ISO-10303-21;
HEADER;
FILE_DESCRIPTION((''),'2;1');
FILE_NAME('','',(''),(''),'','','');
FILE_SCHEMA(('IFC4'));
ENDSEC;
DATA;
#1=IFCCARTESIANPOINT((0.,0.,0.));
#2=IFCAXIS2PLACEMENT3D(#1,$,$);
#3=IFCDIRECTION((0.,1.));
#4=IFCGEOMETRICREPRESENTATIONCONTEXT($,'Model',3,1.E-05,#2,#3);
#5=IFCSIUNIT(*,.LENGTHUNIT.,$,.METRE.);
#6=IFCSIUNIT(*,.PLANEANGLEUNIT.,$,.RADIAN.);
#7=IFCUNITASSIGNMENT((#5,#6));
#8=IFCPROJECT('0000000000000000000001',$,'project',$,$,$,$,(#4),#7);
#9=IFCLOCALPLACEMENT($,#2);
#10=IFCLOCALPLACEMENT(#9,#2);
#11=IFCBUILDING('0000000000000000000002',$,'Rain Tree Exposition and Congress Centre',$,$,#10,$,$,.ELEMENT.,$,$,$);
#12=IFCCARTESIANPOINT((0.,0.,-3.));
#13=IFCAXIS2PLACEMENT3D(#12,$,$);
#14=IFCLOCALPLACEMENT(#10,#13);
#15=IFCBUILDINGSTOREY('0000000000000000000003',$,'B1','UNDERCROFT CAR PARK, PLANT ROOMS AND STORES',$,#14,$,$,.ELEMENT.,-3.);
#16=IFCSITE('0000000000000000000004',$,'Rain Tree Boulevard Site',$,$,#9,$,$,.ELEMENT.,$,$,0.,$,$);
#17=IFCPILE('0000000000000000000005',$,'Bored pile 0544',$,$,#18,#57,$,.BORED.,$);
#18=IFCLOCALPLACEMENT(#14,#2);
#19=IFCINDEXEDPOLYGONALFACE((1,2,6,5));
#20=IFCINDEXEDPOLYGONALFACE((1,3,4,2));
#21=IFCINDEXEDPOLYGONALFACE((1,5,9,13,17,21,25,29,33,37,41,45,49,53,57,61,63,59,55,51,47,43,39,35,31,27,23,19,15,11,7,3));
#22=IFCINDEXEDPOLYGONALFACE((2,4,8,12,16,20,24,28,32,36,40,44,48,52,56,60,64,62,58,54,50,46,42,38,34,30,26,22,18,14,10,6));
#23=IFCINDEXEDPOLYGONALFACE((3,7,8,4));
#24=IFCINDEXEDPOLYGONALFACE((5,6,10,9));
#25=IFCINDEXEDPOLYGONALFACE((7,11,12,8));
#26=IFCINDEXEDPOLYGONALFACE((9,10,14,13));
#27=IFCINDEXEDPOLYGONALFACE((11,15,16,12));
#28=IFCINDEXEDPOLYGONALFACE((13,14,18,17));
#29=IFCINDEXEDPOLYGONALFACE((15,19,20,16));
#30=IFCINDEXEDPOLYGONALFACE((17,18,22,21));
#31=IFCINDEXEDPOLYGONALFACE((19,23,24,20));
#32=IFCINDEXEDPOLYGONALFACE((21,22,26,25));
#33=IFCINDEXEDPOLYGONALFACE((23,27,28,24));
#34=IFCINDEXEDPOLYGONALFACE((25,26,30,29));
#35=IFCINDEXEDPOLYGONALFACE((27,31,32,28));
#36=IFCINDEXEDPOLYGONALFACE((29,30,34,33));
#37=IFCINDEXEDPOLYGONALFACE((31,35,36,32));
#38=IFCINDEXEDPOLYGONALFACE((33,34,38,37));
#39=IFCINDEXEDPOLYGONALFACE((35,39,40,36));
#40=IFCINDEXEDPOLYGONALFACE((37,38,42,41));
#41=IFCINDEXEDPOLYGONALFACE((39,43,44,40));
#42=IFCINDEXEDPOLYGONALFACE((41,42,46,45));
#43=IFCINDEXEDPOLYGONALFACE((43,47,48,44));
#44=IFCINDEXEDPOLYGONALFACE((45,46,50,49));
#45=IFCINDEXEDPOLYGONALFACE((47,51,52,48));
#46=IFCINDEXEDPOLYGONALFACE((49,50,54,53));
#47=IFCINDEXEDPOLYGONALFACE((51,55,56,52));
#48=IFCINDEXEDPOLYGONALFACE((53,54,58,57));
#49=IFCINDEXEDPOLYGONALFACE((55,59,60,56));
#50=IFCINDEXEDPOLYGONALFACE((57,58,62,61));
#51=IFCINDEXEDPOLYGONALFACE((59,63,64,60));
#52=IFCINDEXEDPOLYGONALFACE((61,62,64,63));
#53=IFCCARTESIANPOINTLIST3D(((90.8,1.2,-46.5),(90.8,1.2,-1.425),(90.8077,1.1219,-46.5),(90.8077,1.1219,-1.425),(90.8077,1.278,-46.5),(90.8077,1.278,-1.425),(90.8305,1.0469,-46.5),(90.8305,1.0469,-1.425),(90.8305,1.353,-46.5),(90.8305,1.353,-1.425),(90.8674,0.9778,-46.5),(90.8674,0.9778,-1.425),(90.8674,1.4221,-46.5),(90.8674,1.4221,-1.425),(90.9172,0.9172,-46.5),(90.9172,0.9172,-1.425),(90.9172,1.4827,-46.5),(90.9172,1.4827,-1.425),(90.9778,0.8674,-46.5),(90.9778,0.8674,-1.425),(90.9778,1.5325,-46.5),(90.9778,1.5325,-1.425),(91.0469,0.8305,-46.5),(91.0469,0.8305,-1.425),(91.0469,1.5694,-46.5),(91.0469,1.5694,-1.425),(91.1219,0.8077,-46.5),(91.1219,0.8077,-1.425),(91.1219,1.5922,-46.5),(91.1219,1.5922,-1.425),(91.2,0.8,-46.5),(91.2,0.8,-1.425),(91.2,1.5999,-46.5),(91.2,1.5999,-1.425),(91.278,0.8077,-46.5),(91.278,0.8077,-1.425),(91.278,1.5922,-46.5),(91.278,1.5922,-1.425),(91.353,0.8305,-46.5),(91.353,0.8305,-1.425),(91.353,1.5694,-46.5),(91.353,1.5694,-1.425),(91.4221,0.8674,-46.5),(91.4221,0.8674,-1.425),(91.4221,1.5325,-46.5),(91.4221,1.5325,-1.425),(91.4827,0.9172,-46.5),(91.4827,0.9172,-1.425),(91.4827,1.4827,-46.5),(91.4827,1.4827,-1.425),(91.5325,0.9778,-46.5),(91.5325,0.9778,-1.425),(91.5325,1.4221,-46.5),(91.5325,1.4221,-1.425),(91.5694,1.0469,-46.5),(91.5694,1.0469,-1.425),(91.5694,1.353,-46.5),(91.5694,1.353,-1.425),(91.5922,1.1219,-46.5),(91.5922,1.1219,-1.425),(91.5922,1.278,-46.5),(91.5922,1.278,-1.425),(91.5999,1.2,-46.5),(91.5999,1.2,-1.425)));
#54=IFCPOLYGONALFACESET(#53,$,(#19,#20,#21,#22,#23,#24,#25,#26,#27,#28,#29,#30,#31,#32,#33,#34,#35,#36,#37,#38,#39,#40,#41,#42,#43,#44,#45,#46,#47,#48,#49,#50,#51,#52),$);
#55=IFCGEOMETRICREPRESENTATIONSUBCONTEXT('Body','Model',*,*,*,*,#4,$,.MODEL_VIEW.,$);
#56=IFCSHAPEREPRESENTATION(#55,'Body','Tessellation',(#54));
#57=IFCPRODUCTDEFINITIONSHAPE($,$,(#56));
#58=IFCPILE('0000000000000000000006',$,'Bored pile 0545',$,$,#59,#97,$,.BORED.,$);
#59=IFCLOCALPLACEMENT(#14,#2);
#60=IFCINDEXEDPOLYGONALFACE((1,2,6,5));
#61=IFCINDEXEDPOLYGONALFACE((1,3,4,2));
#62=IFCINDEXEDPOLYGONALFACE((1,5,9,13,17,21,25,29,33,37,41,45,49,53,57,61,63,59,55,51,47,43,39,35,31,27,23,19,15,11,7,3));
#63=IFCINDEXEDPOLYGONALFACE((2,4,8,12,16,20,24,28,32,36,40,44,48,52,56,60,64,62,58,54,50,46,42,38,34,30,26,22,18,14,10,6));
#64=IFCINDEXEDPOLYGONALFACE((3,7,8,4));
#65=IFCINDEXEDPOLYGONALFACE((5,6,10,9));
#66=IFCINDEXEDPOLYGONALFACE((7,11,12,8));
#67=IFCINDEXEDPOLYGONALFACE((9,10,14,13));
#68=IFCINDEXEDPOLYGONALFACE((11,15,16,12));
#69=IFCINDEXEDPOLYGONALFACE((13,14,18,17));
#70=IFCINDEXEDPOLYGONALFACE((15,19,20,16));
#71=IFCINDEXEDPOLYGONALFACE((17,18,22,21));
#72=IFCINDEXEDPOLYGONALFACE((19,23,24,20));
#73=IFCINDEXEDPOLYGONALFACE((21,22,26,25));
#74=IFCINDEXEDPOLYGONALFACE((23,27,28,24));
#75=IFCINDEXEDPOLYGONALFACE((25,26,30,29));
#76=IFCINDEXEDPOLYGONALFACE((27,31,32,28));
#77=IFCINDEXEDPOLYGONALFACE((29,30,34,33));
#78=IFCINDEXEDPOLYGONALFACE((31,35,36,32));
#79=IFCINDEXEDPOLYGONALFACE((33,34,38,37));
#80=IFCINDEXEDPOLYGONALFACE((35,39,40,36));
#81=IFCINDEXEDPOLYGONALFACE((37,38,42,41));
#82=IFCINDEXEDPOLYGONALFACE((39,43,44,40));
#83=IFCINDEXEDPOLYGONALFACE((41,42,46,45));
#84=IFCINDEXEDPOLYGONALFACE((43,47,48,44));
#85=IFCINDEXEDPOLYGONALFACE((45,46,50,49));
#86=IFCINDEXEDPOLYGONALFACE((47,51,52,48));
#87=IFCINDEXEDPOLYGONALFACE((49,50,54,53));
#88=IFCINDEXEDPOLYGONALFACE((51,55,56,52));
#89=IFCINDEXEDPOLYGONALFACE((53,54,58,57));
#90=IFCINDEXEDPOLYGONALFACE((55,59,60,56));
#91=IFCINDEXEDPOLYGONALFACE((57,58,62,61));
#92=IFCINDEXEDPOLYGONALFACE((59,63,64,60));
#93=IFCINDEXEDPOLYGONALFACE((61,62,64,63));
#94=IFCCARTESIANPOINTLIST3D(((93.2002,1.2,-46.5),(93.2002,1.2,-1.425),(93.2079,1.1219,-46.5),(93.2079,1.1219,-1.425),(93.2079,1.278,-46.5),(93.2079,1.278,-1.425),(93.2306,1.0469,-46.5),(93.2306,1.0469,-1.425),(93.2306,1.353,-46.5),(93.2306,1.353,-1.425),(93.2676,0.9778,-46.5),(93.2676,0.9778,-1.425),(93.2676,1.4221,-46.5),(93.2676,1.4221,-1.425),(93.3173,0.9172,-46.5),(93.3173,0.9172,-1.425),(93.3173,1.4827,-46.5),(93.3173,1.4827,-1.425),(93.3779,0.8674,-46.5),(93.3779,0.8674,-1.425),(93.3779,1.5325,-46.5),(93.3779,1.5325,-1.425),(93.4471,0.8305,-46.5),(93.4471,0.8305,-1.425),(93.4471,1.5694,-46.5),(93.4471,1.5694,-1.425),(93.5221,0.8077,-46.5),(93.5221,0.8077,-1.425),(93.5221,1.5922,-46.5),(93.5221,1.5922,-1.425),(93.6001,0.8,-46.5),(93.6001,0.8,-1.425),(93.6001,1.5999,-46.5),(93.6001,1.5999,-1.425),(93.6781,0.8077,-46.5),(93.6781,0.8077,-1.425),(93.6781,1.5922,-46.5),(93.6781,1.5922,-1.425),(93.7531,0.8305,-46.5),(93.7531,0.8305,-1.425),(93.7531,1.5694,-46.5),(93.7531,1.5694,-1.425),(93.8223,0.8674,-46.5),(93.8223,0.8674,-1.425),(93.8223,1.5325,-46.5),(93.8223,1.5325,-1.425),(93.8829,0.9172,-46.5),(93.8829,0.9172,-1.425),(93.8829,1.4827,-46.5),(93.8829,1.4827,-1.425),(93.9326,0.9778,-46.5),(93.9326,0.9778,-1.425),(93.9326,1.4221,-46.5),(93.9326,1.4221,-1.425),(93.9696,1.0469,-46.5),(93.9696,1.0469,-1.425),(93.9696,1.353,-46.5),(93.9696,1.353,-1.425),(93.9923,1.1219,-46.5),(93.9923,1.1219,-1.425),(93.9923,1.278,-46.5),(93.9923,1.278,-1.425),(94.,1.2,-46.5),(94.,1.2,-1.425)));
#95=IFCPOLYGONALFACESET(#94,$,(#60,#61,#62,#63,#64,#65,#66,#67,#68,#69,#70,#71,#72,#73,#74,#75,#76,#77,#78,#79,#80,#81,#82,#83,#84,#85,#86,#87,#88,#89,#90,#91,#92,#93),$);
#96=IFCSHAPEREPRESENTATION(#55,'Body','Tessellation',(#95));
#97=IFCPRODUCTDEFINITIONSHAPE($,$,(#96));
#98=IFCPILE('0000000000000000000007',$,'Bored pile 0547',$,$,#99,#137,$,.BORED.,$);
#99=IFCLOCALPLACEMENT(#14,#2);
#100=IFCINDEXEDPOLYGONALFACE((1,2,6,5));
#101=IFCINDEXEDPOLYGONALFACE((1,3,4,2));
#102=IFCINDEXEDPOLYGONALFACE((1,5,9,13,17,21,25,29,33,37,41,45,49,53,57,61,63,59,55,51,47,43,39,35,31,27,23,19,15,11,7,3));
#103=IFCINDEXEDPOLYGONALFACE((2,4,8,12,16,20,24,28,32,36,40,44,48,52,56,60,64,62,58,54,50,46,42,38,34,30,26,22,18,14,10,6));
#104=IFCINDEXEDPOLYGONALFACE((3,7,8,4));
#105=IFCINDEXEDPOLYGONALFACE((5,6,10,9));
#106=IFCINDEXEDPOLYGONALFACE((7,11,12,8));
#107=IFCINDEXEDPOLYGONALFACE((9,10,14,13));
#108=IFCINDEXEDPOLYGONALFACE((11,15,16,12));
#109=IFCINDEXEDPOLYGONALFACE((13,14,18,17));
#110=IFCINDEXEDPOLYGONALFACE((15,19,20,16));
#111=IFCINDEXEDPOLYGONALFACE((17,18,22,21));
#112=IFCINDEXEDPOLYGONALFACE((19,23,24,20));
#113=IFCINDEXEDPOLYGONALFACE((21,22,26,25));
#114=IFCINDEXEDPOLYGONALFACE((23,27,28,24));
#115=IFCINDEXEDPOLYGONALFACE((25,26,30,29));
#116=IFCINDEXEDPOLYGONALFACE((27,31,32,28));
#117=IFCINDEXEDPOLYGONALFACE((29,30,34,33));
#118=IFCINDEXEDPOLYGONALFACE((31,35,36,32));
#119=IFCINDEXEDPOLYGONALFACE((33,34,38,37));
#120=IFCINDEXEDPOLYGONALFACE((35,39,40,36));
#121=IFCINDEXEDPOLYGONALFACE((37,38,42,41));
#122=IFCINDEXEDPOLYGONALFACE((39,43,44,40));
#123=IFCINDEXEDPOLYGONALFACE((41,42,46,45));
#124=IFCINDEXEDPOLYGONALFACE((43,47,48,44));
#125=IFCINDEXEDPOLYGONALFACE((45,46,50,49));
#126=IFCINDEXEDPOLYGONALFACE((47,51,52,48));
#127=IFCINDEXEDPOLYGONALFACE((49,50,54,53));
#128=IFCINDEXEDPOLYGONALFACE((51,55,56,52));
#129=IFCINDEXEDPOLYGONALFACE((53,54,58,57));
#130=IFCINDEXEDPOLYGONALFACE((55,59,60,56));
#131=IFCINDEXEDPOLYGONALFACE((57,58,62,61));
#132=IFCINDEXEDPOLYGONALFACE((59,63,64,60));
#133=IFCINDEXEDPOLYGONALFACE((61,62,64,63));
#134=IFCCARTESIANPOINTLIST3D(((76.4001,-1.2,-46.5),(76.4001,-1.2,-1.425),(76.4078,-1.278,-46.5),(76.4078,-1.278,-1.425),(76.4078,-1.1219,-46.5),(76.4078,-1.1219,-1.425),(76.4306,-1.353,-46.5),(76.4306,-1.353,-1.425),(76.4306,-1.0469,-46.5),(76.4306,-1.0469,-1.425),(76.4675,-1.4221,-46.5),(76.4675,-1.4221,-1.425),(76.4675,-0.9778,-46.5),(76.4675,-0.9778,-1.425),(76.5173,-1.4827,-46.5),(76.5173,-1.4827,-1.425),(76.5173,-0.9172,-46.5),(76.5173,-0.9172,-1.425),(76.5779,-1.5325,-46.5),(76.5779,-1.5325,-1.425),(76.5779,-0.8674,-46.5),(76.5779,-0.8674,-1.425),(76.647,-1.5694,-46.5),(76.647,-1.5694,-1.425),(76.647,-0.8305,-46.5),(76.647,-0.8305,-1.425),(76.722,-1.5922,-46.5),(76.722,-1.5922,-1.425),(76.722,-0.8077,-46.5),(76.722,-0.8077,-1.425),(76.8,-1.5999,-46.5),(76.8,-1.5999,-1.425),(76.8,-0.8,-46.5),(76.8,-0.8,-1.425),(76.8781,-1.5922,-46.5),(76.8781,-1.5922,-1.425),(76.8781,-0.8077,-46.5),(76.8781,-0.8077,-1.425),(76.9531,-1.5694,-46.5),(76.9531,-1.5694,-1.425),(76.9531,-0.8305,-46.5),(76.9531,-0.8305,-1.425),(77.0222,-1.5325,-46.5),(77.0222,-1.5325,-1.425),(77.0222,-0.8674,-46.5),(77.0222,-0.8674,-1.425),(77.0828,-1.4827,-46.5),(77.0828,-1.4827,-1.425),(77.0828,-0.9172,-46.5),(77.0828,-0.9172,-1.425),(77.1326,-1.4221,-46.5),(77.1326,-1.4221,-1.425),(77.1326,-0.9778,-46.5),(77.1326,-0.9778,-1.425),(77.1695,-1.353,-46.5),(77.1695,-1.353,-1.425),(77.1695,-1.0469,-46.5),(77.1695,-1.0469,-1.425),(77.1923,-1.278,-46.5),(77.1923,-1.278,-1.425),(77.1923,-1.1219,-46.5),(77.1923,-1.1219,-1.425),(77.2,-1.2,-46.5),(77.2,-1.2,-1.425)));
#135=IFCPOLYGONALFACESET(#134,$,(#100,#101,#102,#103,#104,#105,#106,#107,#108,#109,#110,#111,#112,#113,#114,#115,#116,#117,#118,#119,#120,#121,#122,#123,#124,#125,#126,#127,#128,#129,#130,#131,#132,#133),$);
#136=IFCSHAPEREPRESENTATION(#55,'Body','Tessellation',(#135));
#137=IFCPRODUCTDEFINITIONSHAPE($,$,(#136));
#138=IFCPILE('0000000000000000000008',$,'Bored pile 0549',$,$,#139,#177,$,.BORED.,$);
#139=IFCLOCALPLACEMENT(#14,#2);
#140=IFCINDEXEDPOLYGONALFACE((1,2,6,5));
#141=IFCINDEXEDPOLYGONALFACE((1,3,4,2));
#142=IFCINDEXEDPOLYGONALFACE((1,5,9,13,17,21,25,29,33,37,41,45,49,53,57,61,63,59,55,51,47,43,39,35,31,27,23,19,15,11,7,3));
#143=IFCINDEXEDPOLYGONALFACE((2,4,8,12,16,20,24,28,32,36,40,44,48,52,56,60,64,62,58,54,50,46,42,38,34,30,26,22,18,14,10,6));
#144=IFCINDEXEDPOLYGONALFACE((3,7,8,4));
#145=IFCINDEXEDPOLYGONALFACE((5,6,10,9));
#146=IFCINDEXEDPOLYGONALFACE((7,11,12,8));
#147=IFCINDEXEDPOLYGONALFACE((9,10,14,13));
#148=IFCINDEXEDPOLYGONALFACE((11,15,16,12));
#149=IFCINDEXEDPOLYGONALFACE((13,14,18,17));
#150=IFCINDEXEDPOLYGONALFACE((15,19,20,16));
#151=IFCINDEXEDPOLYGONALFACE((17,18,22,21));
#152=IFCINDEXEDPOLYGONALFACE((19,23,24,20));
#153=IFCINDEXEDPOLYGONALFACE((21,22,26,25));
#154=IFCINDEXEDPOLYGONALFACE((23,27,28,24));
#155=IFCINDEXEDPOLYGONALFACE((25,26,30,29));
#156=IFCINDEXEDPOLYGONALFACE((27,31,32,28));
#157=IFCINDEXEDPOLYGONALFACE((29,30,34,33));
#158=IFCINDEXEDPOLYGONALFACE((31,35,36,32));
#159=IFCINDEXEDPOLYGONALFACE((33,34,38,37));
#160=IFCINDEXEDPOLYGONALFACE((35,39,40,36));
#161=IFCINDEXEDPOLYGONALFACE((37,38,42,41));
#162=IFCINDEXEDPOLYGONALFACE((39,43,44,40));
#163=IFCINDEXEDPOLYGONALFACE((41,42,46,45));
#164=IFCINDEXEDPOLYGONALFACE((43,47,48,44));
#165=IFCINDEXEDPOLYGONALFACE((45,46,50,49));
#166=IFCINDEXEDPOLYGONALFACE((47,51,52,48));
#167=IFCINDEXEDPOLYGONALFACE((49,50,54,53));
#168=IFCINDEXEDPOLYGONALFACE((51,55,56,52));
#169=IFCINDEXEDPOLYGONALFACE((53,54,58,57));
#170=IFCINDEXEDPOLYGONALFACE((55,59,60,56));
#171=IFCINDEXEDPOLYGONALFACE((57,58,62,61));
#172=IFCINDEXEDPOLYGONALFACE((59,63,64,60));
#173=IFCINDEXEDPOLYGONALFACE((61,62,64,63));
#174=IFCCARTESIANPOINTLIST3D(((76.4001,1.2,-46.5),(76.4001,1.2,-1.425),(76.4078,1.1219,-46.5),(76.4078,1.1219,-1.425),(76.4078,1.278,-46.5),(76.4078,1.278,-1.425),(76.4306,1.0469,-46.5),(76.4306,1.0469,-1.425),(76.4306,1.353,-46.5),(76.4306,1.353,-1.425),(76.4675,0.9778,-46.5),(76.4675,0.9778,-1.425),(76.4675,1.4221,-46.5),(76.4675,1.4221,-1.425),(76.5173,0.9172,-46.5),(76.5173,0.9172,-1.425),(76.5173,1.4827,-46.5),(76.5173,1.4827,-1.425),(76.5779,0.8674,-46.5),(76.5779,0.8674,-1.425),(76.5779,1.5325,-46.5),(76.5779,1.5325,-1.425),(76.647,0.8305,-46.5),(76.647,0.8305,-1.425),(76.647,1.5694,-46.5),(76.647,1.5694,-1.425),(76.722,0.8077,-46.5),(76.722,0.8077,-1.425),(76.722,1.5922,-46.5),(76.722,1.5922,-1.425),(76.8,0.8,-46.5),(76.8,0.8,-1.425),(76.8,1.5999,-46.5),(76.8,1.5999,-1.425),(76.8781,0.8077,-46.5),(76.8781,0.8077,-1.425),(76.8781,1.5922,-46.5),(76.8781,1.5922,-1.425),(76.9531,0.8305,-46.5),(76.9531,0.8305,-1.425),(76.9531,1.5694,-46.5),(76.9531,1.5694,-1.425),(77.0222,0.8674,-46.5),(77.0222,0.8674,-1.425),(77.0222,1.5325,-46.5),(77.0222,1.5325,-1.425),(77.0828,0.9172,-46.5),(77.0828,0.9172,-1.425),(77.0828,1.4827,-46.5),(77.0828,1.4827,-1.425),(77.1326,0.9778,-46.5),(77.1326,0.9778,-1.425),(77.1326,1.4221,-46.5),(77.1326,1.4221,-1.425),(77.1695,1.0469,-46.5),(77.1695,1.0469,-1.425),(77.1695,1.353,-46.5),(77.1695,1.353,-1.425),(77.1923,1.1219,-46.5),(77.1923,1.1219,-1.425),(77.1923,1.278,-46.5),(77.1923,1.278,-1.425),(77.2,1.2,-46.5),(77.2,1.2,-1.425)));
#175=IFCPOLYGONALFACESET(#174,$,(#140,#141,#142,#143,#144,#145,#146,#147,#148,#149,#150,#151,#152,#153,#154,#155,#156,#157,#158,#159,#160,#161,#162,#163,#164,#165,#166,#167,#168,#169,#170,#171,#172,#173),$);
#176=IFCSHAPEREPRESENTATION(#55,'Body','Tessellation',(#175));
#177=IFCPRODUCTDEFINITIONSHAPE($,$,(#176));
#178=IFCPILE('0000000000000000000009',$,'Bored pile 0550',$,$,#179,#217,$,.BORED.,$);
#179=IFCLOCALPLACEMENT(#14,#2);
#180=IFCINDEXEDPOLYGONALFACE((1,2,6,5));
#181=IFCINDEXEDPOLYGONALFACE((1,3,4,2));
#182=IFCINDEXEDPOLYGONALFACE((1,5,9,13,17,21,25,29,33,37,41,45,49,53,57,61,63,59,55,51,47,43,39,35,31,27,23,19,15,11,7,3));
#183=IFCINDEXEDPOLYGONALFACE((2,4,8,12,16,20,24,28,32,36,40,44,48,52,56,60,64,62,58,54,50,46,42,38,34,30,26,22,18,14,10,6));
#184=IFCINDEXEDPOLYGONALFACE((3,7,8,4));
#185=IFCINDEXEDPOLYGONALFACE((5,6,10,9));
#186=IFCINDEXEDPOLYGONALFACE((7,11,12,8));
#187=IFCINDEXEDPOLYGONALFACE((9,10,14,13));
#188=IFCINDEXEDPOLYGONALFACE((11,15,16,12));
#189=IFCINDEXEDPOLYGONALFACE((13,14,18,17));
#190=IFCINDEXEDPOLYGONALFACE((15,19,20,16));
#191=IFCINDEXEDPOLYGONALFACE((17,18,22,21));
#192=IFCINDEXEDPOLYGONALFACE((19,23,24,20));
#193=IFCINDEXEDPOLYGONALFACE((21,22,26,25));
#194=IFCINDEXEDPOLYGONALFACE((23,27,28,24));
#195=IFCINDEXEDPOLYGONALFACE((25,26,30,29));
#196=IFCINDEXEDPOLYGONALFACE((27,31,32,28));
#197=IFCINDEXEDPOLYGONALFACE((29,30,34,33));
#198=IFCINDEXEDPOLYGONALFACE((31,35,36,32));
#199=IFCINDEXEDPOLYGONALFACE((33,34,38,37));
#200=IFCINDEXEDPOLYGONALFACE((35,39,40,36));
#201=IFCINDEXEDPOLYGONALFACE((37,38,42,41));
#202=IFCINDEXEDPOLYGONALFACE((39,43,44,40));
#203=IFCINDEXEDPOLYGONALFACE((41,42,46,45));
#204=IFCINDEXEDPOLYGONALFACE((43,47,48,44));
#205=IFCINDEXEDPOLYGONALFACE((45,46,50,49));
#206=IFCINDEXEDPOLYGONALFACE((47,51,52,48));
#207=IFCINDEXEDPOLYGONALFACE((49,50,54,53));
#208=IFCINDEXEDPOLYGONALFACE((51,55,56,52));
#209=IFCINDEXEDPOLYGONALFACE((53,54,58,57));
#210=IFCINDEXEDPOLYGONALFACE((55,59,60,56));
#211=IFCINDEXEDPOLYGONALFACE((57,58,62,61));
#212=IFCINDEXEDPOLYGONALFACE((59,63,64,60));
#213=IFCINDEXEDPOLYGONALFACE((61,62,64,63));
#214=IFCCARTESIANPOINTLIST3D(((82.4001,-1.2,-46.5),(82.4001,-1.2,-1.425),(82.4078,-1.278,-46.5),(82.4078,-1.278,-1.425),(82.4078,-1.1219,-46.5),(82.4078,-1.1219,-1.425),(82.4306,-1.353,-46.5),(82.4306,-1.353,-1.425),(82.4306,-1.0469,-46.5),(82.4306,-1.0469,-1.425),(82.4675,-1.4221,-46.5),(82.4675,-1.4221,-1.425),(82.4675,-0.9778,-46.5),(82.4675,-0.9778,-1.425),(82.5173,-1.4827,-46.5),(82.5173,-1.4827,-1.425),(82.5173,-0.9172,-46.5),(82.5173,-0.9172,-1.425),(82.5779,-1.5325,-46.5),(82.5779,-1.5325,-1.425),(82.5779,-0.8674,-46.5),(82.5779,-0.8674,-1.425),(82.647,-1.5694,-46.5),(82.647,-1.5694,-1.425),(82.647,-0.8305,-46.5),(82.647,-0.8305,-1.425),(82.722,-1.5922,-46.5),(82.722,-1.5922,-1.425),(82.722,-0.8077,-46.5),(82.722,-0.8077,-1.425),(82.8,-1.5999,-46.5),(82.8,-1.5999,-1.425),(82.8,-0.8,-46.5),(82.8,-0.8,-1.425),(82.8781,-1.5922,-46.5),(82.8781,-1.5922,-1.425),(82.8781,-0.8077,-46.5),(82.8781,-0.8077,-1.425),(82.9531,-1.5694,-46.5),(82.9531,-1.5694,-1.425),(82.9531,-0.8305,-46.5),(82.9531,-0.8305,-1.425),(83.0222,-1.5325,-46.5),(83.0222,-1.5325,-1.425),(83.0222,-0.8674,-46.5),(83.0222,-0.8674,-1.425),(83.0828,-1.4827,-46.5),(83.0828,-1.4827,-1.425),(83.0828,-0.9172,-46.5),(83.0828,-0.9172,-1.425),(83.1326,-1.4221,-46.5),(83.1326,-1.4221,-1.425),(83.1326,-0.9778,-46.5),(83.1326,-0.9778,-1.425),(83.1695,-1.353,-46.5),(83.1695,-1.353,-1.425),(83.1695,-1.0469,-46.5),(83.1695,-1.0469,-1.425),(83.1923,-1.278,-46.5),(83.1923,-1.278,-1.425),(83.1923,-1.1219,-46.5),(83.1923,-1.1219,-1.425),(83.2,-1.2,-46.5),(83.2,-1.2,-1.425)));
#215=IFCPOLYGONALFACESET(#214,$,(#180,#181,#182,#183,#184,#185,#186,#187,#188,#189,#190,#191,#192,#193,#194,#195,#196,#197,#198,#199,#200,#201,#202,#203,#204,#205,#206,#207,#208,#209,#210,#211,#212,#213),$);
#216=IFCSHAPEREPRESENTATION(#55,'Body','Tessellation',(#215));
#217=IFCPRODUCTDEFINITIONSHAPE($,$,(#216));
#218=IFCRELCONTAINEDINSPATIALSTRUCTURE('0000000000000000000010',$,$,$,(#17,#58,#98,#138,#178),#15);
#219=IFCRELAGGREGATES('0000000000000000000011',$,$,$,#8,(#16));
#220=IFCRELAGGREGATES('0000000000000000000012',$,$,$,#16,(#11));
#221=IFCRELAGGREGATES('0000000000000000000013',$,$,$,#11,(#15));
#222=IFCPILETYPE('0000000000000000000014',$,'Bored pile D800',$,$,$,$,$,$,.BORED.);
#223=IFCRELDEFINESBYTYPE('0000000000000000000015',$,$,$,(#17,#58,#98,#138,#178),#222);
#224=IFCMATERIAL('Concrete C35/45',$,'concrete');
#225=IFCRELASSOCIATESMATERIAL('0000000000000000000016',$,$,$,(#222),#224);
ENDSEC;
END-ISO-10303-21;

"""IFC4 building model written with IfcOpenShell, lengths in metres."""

from ifc_helpers import new_model, si_unit, direction, frame, origin, origin_2d, place, context, subcontext, project, spatial, circle, extrude, material, material_profile, profile_set, type_object, element, save


model = new_model("IFC4")

# Units and contexts
model_context = context("Model", 3, precision=1e-05, world=origin(), true_north=direction((0.0, 1.0)))
body_context = subcontext(model_context, "Body", "Model", "MODEL_VIEW")
ifc_project = project(units=[si_unit("LENGTHUNIT", "METRE"), si_unit("PLANEANGLEUNIT", "RADIAN")], contexts=[model_context])

# Site, building, storey
site_placement = place(None, origin())
site = spatial("IfcSite", under=ifc_project, at=site_placement, Name="Rain Tree Boulevard Site", CompositionType="ELEMENT", RefElevation=0.0)
building_placement = place(site_placement, origin())
building = spatial("IfcBuilding", under=site, at=building_placement, Name="Rain Tree Exposition and Congress Centre", CompositionType="ELEMENT")
storey_placement = place(building_placement, frame((0.0, 0.0, -3.0)))
storey = spatial("IfcBuildingStorey", under=building, at=storey_placement, Name="B1", Description="UNDERCROFT CAR PARK, PLANT ROOMS AND STORES", CompositionType="ELEMENT", Elevation=-3.0)

# Piles
ifc_material_1 = material(Name="Concrete C35/45", Category="concrete")
ifc_material_profile_1 = material_profile(ifc_material_1, circle(Radius=0.3999, at=origin_2d()), Name="D800")
ifc_profile_set_1 = profile_set([ifc_material_profile_1], Name="Concrete C35/45")
pile_type_1 = type_object("IfcPileType", Name="Bored pile D800", PredefinedType="BORED", material=ifc_profile_set_1)
for number, where, z_axis, x_axis, name in (
    (1, (91.2, 1.2, -1.425), (0.0, 0.0, -1.0), (1.0, 0.0, 0.0), "Bored pile 0544"),
    (2, (93.6001, 1.2, -1.425), (0.0, 0.0, -1.0), (1.0, 0.0, 0.0), "Bored pile 0545"),
    (3, (76.8, -1.2, -1.425), (0.0, 0.0, -1.0), (1.0, 0.0, 0.0), "Bored pile 0547"),
    (4, (76.8, 1.2, -1.425), (0.0, 0.0, -1.0), (1.0, 0.0, 0.0), "Bored pile 0549"),
    (5, (82.8, -1.2, -1.425), (0.0, 0.0, -1.0), (1.0, 0.0, 0.0), "Bored pile 0550"),
):
    element("IfcPile", number, at=place(storey_placement, frame(where, z_axis=z_axis, x_axis=x_axis)), inside=storey, type_object=pile_type_1, Name=name, PredefinedType="BORED", context=body_context, shape_type="SweptSolid", body=[
        extrude(circle(Radius=0.3999, at=origin_2d()), origin(), (0.0, 0.0, 1.0), 45.075),
    ])

save(model, "model.ifc")
